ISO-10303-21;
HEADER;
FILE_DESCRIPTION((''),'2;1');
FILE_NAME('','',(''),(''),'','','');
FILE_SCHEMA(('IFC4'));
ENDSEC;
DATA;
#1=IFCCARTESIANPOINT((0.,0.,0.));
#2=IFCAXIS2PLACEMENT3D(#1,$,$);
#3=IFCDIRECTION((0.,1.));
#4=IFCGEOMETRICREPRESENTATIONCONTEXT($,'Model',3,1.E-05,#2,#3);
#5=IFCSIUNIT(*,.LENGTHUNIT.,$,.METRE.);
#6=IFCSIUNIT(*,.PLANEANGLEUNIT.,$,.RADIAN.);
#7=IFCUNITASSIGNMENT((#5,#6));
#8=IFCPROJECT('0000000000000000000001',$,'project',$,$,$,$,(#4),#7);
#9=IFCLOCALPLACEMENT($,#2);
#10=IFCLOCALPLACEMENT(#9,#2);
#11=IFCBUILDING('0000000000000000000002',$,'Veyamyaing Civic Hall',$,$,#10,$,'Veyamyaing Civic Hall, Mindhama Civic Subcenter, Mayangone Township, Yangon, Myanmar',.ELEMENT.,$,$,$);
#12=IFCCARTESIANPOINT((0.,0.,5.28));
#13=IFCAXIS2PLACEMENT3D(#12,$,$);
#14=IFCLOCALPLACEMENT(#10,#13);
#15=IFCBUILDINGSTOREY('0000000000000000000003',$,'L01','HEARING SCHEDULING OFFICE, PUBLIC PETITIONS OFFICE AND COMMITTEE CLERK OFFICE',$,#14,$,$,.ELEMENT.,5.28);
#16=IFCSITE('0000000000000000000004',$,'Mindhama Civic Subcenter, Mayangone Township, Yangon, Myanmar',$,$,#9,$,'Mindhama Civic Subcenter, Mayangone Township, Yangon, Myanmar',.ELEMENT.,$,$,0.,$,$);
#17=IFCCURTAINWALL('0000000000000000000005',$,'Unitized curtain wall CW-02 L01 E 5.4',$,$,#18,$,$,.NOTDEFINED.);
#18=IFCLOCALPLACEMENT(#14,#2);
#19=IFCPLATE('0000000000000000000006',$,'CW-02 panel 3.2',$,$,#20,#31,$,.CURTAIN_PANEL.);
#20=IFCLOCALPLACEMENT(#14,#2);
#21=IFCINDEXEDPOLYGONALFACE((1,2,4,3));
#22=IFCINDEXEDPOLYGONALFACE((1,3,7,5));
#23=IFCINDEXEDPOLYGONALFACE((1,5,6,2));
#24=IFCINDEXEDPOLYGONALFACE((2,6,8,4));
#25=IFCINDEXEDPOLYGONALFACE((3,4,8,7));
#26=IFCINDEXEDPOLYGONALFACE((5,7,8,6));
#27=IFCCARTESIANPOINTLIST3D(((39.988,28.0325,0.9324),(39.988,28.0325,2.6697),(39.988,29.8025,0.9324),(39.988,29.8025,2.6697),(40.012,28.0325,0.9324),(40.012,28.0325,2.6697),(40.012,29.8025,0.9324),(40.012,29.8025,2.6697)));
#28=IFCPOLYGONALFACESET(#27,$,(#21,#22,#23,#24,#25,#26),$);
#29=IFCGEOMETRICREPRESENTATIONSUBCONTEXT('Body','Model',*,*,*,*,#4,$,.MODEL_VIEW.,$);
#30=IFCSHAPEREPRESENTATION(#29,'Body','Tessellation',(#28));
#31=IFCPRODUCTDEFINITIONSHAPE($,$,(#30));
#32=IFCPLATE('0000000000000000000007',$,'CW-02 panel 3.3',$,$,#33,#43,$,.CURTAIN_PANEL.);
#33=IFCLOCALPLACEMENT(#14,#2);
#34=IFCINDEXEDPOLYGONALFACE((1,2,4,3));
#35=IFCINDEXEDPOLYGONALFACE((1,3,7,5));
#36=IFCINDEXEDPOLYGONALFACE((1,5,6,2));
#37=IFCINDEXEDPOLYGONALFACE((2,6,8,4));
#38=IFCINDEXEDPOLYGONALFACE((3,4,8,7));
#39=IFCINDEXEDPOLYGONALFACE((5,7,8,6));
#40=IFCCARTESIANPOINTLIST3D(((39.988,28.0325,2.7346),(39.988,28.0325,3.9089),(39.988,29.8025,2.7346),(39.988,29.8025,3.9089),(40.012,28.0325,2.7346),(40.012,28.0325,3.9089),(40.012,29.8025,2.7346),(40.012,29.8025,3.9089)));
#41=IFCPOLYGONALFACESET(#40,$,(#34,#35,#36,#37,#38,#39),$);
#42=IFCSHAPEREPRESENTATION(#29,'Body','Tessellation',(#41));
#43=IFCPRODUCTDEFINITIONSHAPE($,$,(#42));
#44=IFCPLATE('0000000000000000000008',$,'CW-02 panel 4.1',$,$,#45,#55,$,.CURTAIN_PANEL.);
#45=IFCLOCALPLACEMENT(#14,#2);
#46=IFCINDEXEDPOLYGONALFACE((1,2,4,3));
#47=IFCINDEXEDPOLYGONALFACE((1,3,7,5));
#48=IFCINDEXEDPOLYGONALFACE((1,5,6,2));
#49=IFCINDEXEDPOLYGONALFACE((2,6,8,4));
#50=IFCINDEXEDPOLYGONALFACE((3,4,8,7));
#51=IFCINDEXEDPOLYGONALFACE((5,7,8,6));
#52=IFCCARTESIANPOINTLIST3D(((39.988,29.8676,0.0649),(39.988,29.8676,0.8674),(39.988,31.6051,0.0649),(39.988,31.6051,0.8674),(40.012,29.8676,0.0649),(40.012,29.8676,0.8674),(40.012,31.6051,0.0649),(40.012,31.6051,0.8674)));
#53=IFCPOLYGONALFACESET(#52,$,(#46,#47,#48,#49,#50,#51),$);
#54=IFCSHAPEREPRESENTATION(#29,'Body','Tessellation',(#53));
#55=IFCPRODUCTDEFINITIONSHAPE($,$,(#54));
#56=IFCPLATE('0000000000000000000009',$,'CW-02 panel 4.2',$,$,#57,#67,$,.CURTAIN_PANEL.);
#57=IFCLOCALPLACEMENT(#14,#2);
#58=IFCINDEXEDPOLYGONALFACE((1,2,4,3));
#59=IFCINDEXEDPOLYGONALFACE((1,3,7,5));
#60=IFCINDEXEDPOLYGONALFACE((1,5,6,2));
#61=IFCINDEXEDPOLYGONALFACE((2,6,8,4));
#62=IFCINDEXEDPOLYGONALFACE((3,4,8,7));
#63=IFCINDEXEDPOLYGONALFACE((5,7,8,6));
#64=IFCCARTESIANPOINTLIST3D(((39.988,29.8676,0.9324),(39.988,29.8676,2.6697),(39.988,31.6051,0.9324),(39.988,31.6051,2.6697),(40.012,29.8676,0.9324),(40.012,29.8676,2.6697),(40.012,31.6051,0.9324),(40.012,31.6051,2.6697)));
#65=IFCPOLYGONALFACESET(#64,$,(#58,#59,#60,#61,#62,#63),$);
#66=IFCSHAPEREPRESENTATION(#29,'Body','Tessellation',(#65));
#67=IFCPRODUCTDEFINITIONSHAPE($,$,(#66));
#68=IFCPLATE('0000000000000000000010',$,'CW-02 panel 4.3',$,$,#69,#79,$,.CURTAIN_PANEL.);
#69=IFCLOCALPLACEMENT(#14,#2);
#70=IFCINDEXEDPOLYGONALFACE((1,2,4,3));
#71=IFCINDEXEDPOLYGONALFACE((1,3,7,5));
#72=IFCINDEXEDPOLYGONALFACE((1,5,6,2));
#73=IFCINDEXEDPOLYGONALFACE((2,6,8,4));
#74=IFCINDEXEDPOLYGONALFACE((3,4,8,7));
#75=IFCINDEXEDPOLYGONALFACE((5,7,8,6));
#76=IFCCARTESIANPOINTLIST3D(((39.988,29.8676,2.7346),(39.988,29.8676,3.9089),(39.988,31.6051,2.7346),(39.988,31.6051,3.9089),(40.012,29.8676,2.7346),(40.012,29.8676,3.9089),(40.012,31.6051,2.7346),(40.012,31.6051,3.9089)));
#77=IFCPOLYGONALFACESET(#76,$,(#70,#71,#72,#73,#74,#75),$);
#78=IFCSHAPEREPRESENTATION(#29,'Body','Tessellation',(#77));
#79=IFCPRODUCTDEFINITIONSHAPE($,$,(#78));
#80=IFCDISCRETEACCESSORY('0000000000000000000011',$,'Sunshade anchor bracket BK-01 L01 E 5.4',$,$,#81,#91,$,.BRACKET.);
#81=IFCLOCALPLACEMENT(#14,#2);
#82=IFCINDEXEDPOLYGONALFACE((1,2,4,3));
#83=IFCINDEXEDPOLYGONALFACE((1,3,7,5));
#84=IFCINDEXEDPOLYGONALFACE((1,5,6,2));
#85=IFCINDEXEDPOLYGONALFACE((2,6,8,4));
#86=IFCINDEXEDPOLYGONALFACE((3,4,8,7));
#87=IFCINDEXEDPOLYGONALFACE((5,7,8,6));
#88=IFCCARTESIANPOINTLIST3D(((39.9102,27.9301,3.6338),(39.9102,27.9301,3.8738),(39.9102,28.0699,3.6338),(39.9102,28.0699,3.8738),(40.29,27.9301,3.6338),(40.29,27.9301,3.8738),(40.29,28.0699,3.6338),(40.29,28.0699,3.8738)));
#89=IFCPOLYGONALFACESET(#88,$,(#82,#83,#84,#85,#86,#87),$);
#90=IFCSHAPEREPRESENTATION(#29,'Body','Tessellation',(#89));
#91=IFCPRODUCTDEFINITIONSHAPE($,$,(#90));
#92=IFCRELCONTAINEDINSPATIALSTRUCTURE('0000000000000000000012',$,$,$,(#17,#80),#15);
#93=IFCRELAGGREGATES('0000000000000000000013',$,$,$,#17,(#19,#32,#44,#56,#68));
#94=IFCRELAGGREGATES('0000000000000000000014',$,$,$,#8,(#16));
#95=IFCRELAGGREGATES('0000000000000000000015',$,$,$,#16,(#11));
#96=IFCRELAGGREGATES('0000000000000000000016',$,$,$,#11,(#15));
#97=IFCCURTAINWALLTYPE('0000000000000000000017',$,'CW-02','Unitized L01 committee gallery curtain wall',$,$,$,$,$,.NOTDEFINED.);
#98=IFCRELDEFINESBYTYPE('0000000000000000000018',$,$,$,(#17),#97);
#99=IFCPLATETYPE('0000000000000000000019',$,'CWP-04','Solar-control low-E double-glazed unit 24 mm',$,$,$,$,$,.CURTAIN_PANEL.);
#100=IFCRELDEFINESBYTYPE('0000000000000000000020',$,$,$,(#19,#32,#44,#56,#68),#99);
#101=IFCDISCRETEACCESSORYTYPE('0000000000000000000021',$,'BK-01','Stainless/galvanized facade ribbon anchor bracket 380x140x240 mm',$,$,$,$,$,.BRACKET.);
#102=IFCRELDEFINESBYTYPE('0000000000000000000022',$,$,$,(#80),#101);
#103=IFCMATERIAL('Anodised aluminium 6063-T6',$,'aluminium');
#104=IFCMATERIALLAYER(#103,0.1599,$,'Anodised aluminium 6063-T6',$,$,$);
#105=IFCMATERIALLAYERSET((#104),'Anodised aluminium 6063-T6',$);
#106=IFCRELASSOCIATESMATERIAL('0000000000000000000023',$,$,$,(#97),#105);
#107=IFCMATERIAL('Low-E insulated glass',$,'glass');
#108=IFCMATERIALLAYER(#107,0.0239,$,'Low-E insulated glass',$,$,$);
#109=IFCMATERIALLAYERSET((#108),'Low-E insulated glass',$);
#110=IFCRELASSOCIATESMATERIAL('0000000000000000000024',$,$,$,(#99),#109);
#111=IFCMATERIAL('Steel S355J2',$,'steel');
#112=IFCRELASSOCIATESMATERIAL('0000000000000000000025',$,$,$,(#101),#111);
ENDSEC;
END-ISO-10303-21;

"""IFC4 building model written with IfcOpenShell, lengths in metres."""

from ifc_helpers import new_model, si_unit, direction, frame, origin, origin_2d, place, context, subcontext, project, spatial, rectangle, extrude, material, layer, layer_set, type_object, element, aggregate, save


model = new_model("IFC4")

# Units and contexts
model_context = context("Model", 3, precision=1e-05, world=origin(), true_north=direction((0.0, 1.0)))
body_context = subcontext(model_context, "Body", "Model", "MODEL_VIEW")
ifc_project = project(units=[si_unit("LENGTHUNIT", "METRE"), si_unit("PLANEANGLEUNIT", "RADIAN")], contexts=[model_context])

# Site, building, storey
site_placement = place(None, origin())
site = spatial("IfcSite", under=ifc_project, at=site_placement, Name="Mindhama Civic Subcenter, Mayangone Township, Yangon, Myanmar", LongName="Mindhama Civic Subcenter, Mayangone Township, Yangon, Myanmar", CompositionType="ELEMENT", RefElevation=0.0)
building_placement = place(site_placement, origin())
building = spatial("IfcBuilding", under=site, at=building_placement, Name="Veyamyaing Civic Hall", LongName="Veyamyaing Civic Hall, Mindhama Civic Subcenter, Mayangone Township, Yangon, Myanmar", CompositionType="ELEMENT")
storey_placement = place(building_placement, frame((0.0, 0.0, 5.28)))
storey = spatial("IfcBuildingStorey", under=building, at=storey_placement, Name="L01", Description="HEARING SCHEDULING OFFICE, PUBLIC PETITIONS OFFICE AND COMMITTEE CLERK OFFICE", CompositionType="ELEMENT", Elevation=5.28)

# Curtain wall, plates
ifc_material_1 = material(Name="Anodised aluminium 6063-T6", Category="aluminium")
ifc_layer_1 = layer(ifc_material_1, 0.1599, Name="Anodised aluminium 6063-T6")
ifc_layer_set_1 = layer_set([ifc_layer_1], Name="Anodised aluminium 6063-T6")
curtain_wall_type = type_object("IfcCurtainWallType", Name="CW-02", Description="Unitized L01 committee gallery curtain wall", PredefinedType="NOTDEFINED", material=ifc_layer_set_1)
curtain_wall_placement = place(storey_placement, origin())
curtain_wall = element("IfcCurtainWall", 1, at=curtain_wall_placement, inside=storey, type_object=curtain_wall_type, Name="Unitized curtain wall CW-02 L01 E 5.4", PredefinedType="NOTDEFINED")
ifc_material_2 = material(Name="Low-E insulated glass", Category="glass")
ifc_layer_2 = layer(ifc_material_2, 0.0239, Name="Low-E insulated glass")
ifc_layer_set_2 = layer_set([ifc_layer_2], Name="Low-E insulated glass")
plate_type = type_object("IfcPlateType", Name="CWP-04", Description="Solar-control low-E double-glazed unit 24 mm", PredefinedType="CURTAIN_PANEL", material=ifc_layer_set_2)
plate_1_placement = place(storey_placement, frame((40.0, 28.9175, 0.9324), z_axis=(0.0, 0.0, 1.0), x_axis=(0.0, 1.0, 0.0)))
plate_1 = element("IfcPlate", 2, at=plate_1_placement, type_object=plate_type, Name="CW-02 panel 3.2", PredefinedType="CURTAIN_PANEL", context=body_context, shape_type="SweptSolid", body=[
    extrude(rectangle(XDim=1.77, YDim=0.0239, at=origin_2d()), origin(), (0.0, 0.0, 1.0), 1.7373),
])
plate_2_placement = place(storey_placement, frame((40.0, 28.9175, 2.7346), z_axis=(0.0, 0.0, 1.0), x_axis=(0.0, 1.0, 0.0)))
plate_2 = element("IfcPlate", 3, at=plate_2_placement, type_object=plate_type, Name="CW-02 panel 3.3", PredefinedType="CURTAIN_PANEL", context=body_context, shape_type="SweptSolid", body=[
    extrude(rectangle(XDim=1.77, YDim=0.0239, at=origin_2d()), origin(), (0.0, 0.0, 1.0), 1.1743),
])
plate_3_placement = place(storey_placement, frame((40.0, 30.7363, 0.0649), z_axis=(0.0, 0.0, 1.0), x_axis=(0.0, 1.0, 0.0)))
plate_3 = element("IfcPlate", 4, at=plate_3_placement, type_object=plate_type, Name="CW-02 panel 4.1", PredefinedType="CURTAIN_PANEL", context=body_context, shape_type="SweptSolid", body=[
    extrude(rectangle(XDim=1.7375, YDim=0.0239, at=origin_2d()), origin(), (0.0, 0.0, 1.0), 0.8025),
])
plate_4_placement = place(storey_placement, frame((40.0, 30.7363, 0.9324), z_axis=(0.0, 0.0, 1.0), x_axis=(0.0, 1.0, 0.0)))
plate_4 = element("IfcPlate", 5, at=plate_4_placement, type_object=plate_type, Name="CW-02 panel 4.2", PredefinedType="CURTAIN_PANEL", context=body_context, shape_type="SweptSolid", body=[
    extrude(rectangle(XDim=1.7375, YDim=0.0239, at=origin_2d()), origin(), (0.0, 0.0, 1.0), 1.7373),
])
plate_5_placement = place(storey_placement, frame((40.0, 30.7363, 2.7346), z_axis=(0.0, 0.0, 1.0), x_axis=(0.0, 1.0, 0.0)))
plate_5 = element("IfcPlate", 6, at=plate_5_placement, type_object=plate_type, Name="CW-02 panel 4.3", PredefinedType="CURTAIN_PANEL", context=body_context, shape_type="SweptSolid", body=[
    extrude(rectangle(XDim=1.7375, YDim=0.0239, at=origin_2d()), origin(), (0.0, 0.0, 1.0), 1.1743),
])
aggregate(curtain_wall, [plate_1, plate_2, plate_3, plate_4, plate_5])

# Discrete accessory
ifc_material_3 = material(Name="Steel S355J2", Category="steel")
discrete_accessory_type = type_object("IfcDiscreteAccessoryType", Name="BK-01", Description="Stainless/galvanized facade ribbon anchor bracket 380x140x240 mm", PredefinedType="BRACKET", material=ifc_material_3)
discrete_accessory_placement = place(storey_placement, frame((40.1001, 28.0, 3.6338), z_axis=(0.0, 0.0, 1.0), x_axis=(1.0, 0.0, 0.0)))
element("IfcDiscreteAccessory", 7, at=discrete_accessory_placement, inside=storey, type_object=discrete_accessory_type, Name="Sunshade anchor bracket BK-01 L01 E 5.4", PredefinedType="BRACKET", context=body_context, shape_type="SweptSolid", body=[
    extrude(rectangle(XDim=0.3799, YDim=0.1399, at=origin_2d()), origin(), (0.0, 0.0, 1.0), 0.24),
])

save(model, "model.ifc")
